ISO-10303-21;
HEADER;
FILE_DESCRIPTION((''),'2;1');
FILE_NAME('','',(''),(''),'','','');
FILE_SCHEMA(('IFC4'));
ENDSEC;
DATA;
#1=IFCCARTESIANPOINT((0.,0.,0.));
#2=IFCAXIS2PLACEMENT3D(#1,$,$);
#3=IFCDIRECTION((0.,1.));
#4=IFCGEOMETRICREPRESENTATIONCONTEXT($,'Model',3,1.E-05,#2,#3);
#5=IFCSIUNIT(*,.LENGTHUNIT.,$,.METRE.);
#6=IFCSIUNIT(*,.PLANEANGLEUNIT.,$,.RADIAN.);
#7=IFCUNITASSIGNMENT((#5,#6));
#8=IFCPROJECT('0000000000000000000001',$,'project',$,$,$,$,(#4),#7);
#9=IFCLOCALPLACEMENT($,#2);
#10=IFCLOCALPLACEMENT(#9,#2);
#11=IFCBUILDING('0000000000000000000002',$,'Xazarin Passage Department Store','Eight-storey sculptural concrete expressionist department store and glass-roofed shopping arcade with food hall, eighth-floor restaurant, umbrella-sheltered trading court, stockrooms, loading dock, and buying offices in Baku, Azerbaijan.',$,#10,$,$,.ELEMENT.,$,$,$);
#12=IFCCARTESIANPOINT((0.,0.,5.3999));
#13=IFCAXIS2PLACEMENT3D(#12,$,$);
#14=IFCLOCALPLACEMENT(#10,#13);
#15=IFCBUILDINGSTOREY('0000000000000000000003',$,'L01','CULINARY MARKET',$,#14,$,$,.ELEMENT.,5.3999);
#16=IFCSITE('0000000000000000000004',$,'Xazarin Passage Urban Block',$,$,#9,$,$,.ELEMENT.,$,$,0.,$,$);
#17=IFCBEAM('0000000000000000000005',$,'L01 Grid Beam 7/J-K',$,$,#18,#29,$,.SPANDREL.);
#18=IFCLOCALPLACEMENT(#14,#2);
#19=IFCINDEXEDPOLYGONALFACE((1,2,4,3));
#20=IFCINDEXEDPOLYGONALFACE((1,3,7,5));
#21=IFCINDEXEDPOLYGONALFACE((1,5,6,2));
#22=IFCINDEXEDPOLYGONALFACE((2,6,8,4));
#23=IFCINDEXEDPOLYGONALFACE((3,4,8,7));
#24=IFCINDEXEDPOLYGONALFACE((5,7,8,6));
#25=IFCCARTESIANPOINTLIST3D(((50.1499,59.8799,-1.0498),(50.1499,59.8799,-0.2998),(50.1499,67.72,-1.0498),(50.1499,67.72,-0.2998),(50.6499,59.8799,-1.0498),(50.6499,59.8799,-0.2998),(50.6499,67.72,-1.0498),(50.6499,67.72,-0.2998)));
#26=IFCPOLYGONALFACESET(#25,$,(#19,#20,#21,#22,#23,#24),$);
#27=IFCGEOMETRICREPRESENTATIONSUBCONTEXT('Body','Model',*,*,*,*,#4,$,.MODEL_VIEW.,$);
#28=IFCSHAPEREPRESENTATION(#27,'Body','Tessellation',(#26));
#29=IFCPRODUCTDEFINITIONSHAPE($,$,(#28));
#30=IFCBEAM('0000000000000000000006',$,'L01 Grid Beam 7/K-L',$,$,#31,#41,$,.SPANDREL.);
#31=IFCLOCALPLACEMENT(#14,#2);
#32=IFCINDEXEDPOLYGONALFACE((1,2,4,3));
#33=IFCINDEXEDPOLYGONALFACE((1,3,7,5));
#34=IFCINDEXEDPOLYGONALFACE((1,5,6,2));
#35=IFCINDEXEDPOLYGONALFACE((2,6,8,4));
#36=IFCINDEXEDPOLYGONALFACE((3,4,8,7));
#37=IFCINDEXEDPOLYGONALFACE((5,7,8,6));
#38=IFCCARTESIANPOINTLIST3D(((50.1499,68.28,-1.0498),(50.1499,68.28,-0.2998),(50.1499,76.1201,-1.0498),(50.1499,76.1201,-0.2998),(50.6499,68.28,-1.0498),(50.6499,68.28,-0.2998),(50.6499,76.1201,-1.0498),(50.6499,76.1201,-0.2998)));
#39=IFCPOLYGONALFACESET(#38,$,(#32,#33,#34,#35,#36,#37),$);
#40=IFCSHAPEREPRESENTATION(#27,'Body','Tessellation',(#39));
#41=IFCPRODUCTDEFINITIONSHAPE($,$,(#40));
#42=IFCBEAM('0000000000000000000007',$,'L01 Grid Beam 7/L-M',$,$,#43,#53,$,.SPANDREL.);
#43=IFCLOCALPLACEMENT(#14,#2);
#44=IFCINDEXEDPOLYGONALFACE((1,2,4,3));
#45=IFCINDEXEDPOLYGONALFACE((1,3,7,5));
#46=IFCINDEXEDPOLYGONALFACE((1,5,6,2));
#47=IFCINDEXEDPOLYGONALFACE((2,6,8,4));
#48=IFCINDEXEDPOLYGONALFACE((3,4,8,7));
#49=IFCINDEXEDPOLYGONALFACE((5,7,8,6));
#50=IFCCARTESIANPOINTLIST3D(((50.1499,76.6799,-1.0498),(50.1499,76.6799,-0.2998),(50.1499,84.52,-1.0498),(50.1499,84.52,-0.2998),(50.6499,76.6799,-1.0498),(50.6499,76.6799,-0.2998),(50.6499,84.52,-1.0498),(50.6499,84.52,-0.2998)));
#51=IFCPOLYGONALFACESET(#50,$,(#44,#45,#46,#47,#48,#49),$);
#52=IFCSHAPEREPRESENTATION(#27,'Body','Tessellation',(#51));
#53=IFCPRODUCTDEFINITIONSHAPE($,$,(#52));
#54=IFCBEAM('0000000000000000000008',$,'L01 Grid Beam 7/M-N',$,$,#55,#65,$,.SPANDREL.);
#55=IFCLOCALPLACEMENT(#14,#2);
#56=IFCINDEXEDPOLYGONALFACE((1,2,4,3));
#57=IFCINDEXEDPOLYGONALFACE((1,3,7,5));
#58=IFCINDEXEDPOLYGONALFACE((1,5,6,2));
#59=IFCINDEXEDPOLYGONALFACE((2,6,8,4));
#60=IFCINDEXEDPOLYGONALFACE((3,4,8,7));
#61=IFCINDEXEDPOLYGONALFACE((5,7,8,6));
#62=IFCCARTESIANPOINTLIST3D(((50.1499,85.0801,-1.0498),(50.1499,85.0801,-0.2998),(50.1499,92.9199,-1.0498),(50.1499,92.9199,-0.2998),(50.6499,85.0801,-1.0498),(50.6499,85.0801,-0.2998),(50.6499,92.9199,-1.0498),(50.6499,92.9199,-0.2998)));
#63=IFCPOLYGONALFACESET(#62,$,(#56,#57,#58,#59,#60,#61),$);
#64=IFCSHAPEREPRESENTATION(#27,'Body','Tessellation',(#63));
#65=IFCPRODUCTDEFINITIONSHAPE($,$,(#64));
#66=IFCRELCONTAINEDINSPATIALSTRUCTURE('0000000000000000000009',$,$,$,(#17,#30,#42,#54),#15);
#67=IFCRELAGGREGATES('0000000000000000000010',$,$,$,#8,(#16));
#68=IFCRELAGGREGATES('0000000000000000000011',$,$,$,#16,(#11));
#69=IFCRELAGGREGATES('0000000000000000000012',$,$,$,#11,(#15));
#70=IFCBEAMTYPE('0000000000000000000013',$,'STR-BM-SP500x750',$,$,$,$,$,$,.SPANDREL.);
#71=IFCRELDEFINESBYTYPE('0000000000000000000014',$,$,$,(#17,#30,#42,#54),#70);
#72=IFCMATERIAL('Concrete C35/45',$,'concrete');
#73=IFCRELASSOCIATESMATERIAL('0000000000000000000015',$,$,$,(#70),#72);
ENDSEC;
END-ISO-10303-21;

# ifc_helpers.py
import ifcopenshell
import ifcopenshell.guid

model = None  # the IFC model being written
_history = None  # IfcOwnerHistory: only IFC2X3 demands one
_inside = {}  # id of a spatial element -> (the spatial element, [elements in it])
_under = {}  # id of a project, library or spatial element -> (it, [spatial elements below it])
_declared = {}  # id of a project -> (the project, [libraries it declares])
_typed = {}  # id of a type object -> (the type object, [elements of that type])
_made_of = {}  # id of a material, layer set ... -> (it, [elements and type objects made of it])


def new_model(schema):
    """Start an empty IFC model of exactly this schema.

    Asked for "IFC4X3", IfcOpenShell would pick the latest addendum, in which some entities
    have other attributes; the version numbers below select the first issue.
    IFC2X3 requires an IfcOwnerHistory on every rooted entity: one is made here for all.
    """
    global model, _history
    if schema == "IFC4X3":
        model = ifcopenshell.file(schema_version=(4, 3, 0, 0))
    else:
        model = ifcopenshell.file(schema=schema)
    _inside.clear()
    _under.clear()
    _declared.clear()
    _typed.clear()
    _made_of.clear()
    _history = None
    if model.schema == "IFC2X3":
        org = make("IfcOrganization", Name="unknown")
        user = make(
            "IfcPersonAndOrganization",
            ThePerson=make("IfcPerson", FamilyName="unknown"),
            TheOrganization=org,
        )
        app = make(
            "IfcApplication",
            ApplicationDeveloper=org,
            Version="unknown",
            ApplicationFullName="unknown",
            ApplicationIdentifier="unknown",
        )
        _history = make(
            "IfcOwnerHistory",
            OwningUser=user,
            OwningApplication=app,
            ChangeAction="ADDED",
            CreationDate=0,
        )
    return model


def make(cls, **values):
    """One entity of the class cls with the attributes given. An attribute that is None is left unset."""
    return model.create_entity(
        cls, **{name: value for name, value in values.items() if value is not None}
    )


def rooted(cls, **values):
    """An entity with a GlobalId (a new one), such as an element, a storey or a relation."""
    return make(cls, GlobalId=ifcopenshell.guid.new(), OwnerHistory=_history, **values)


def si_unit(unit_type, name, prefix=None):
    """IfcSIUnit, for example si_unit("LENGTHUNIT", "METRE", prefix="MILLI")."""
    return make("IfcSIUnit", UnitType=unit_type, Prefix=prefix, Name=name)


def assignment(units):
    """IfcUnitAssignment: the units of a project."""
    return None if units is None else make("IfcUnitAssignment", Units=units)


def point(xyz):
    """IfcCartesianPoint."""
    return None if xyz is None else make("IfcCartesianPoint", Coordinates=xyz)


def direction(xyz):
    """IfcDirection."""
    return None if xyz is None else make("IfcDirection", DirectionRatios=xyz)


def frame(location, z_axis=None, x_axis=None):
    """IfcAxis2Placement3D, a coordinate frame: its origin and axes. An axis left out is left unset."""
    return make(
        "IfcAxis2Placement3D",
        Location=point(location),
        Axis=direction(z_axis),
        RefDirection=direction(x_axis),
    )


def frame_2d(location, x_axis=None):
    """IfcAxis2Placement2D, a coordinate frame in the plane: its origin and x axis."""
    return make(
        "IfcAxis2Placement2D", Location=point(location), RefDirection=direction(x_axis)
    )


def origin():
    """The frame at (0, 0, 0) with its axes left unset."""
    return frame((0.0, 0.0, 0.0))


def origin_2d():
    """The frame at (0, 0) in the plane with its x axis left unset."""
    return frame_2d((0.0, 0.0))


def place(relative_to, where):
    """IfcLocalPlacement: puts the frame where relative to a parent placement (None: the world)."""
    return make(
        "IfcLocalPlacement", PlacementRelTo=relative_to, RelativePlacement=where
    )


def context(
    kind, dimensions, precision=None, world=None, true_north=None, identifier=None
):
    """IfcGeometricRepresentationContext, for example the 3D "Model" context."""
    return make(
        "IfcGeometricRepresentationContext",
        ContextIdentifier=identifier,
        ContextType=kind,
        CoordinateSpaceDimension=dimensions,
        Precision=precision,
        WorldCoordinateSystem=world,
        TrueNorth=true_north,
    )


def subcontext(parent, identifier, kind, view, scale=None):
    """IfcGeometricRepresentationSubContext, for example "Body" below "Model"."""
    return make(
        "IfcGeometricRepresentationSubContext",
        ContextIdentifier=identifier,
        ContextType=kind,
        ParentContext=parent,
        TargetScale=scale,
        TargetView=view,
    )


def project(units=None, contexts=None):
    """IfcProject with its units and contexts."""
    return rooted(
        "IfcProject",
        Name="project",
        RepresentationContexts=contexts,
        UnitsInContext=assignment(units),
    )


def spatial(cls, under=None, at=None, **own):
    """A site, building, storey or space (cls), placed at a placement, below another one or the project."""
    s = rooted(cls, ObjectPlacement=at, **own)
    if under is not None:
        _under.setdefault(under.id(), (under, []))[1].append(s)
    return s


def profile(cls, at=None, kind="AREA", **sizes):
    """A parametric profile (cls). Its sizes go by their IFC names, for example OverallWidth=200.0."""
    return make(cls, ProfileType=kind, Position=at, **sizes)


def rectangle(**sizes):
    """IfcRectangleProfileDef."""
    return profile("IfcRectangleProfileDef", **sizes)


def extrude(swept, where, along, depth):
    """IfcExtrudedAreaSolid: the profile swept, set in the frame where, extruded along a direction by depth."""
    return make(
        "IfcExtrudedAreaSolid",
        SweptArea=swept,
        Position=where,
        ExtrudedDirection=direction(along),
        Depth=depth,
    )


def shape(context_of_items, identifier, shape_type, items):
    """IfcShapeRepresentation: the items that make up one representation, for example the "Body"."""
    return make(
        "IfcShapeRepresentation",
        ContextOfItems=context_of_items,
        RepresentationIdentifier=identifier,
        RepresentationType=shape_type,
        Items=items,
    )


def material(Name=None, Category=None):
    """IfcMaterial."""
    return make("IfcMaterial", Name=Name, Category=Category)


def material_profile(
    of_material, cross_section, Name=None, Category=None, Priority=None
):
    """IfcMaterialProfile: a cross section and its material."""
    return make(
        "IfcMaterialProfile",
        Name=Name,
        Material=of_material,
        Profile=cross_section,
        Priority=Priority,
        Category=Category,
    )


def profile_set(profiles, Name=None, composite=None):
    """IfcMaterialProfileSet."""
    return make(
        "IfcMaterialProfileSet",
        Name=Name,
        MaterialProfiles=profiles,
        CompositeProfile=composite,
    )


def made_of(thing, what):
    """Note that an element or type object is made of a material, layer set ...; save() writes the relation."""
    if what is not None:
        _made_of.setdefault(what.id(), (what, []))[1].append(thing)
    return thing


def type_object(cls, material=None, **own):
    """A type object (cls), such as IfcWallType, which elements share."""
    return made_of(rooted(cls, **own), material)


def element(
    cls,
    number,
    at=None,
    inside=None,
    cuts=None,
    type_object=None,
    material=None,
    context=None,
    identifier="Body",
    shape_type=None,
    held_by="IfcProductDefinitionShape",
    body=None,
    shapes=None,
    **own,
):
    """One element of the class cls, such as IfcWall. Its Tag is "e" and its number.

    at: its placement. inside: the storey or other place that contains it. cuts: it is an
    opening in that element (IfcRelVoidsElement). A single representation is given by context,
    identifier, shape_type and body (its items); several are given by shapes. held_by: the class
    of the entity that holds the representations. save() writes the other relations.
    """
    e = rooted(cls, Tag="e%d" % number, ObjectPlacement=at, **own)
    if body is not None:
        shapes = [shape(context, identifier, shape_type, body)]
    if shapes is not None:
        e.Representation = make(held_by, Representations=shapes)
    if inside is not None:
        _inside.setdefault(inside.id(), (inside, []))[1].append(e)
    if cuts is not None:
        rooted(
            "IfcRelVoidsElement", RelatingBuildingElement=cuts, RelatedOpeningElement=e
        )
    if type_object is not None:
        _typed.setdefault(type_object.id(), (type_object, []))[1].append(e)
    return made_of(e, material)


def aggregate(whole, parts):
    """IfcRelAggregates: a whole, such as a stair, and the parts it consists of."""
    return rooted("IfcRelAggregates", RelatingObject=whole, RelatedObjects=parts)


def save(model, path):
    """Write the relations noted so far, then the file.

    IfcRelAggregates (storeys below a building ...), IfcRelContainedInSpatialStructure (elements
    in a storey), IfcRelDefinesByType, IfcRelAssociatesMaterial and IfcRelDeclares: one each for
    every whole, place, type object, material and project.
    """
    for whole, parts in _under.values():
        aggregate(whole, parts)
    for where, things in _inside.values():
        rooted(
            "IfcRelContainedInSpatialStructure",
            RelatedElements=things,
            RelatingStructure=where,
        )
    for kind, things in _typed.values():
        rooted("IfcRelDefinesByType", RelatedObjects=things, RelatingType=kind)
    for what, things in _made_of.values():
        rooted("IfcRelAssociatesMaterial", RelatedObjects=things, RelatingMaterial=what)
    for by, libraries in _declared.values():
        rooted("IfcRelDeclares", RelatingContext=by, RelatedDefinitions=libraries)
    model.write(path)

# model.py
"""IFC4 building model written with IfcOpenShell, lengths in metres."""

from ifc_helpers import new_model, si_unit, direction, frame, origin, origin_2d, place, context, subcontext, project, spatial, rectangle, extrude, material, material_profile, profile_set, type_object, element, save


model = new_model("IFC4")

# Units and contexts
model_context = context("Model", 3, precision=1e-05, world=origin(), true_north=direction((0.0, 1.0)))
body_context = subcontext(model_context, "Body", "Model", "MODEL_VIEW")
ifc_project = project(units=[si_unit("LENGTHUNIT", "METRE"), si_unit("PLANEANGLEUNIT", "RADIAN")], contexts=[model_context])

# Site, building, storey
site_placement = place(None, origin())
site = spatial("IfcSite", under=ifc_project, at=site_placement, Name="Xazarin Passage Urban Block", CompositionType="ELEMENT", RefElevation=0.0)
building_placement = place(site_placement, origin())
building = spatial("IfcBuilding", under=site, at=building_placement, Name="Xazarin Passage Department Store", Description="Eight-storey sculptural concrete expressionist department store and glass-roofed shopping arcade with food hall, eighth-floor restaurant, umbrella-sheltered trading court, stockrooms, loading dock, and buying offices in Baku, Azerbaijan.", CompositionType="ELEMENT")
storey_placement = place(building_placement, frame((0.0, 0.0, 5.3999)))
storey = spatial("IfcBuildingStorey", under=building, at=storey_placement, Name="L01", Description="CULINARY MARKET", CompositionType="ELEMENT", Elevation=5.3999)

# Beams
ifc_material_1 = material(Name="Concrete C35/45", Category="concrete")
ifc_material_profile_1 = material_profile(ifc_material_1, rectangle(XDim=0.5, YDim=0.75, at=origin_2d()), Name="RC 500x750")
ifc_profile_set_1 = profile_set([ifc_material_profile_1], Name="Concrete C35/45")
beam_type = type_object("IfcBeamType", Name="STR-BM-SP500x750", PredefinedType="SPANDREL", material=ifc_profile_set_1)
for number, where, z_axis, x_axis, name in (
    (1, (50.3999, 59.8799, -0.6748), (0.0, 1.0, 0.0), (-1.0, 0.0, 0.0), "L01 Grid Beam 7/J-K"),
    (2, (50.3999, 68.28, -0.6748), (0.0, 1.0, 0.0), (-1.0, 0.0, 0.0), "L01 Grid Beam 7/K-L"),
    (3, (50.3999, 76.6799, -0.6748), (0.0, 1.0, 0.0), (-1.0, 0.0, 0.0), "L01 Grid Beam 7/L-M"),
):
    element("IfcBeam", number, at=place(storey_placement, frame(where, z_axis=z_axis, x_axis=x_axis)), inside=storey, type_object=beam_type, Name=name, PredefinedType="SPANDREL", context=body_context, shape_type="SweptSolid", body=[
        extrude(rectangle(XDim=0.5, YDim=0.75, at=origin_2d()), origin(), (0.0, 0.0, 1.0), 7.8401),
    ])
beam_1_placement = place(storey_placement, frame((50.3999, 85.0801, -0.6748), z_axis=(0.0, 1.0, 0.0), x_axis=(-1.0, 0.0, 0.0)))
element("IfcBeam", 4, at=beam_1_placement, inside=storey, type_object=beam_type, Name="L01 Grid Beam 7/M-N", PredefinedType="SPANDREL", context=body_context, shape_type="SweptSolid", body=[
    extrude(rectangle(XDim=0.5, YDim=0.75, at=origin_2d()), origin(), (0.0, 0.0, 1.0), 7.8398),
])

save(model, "model.ifc")
